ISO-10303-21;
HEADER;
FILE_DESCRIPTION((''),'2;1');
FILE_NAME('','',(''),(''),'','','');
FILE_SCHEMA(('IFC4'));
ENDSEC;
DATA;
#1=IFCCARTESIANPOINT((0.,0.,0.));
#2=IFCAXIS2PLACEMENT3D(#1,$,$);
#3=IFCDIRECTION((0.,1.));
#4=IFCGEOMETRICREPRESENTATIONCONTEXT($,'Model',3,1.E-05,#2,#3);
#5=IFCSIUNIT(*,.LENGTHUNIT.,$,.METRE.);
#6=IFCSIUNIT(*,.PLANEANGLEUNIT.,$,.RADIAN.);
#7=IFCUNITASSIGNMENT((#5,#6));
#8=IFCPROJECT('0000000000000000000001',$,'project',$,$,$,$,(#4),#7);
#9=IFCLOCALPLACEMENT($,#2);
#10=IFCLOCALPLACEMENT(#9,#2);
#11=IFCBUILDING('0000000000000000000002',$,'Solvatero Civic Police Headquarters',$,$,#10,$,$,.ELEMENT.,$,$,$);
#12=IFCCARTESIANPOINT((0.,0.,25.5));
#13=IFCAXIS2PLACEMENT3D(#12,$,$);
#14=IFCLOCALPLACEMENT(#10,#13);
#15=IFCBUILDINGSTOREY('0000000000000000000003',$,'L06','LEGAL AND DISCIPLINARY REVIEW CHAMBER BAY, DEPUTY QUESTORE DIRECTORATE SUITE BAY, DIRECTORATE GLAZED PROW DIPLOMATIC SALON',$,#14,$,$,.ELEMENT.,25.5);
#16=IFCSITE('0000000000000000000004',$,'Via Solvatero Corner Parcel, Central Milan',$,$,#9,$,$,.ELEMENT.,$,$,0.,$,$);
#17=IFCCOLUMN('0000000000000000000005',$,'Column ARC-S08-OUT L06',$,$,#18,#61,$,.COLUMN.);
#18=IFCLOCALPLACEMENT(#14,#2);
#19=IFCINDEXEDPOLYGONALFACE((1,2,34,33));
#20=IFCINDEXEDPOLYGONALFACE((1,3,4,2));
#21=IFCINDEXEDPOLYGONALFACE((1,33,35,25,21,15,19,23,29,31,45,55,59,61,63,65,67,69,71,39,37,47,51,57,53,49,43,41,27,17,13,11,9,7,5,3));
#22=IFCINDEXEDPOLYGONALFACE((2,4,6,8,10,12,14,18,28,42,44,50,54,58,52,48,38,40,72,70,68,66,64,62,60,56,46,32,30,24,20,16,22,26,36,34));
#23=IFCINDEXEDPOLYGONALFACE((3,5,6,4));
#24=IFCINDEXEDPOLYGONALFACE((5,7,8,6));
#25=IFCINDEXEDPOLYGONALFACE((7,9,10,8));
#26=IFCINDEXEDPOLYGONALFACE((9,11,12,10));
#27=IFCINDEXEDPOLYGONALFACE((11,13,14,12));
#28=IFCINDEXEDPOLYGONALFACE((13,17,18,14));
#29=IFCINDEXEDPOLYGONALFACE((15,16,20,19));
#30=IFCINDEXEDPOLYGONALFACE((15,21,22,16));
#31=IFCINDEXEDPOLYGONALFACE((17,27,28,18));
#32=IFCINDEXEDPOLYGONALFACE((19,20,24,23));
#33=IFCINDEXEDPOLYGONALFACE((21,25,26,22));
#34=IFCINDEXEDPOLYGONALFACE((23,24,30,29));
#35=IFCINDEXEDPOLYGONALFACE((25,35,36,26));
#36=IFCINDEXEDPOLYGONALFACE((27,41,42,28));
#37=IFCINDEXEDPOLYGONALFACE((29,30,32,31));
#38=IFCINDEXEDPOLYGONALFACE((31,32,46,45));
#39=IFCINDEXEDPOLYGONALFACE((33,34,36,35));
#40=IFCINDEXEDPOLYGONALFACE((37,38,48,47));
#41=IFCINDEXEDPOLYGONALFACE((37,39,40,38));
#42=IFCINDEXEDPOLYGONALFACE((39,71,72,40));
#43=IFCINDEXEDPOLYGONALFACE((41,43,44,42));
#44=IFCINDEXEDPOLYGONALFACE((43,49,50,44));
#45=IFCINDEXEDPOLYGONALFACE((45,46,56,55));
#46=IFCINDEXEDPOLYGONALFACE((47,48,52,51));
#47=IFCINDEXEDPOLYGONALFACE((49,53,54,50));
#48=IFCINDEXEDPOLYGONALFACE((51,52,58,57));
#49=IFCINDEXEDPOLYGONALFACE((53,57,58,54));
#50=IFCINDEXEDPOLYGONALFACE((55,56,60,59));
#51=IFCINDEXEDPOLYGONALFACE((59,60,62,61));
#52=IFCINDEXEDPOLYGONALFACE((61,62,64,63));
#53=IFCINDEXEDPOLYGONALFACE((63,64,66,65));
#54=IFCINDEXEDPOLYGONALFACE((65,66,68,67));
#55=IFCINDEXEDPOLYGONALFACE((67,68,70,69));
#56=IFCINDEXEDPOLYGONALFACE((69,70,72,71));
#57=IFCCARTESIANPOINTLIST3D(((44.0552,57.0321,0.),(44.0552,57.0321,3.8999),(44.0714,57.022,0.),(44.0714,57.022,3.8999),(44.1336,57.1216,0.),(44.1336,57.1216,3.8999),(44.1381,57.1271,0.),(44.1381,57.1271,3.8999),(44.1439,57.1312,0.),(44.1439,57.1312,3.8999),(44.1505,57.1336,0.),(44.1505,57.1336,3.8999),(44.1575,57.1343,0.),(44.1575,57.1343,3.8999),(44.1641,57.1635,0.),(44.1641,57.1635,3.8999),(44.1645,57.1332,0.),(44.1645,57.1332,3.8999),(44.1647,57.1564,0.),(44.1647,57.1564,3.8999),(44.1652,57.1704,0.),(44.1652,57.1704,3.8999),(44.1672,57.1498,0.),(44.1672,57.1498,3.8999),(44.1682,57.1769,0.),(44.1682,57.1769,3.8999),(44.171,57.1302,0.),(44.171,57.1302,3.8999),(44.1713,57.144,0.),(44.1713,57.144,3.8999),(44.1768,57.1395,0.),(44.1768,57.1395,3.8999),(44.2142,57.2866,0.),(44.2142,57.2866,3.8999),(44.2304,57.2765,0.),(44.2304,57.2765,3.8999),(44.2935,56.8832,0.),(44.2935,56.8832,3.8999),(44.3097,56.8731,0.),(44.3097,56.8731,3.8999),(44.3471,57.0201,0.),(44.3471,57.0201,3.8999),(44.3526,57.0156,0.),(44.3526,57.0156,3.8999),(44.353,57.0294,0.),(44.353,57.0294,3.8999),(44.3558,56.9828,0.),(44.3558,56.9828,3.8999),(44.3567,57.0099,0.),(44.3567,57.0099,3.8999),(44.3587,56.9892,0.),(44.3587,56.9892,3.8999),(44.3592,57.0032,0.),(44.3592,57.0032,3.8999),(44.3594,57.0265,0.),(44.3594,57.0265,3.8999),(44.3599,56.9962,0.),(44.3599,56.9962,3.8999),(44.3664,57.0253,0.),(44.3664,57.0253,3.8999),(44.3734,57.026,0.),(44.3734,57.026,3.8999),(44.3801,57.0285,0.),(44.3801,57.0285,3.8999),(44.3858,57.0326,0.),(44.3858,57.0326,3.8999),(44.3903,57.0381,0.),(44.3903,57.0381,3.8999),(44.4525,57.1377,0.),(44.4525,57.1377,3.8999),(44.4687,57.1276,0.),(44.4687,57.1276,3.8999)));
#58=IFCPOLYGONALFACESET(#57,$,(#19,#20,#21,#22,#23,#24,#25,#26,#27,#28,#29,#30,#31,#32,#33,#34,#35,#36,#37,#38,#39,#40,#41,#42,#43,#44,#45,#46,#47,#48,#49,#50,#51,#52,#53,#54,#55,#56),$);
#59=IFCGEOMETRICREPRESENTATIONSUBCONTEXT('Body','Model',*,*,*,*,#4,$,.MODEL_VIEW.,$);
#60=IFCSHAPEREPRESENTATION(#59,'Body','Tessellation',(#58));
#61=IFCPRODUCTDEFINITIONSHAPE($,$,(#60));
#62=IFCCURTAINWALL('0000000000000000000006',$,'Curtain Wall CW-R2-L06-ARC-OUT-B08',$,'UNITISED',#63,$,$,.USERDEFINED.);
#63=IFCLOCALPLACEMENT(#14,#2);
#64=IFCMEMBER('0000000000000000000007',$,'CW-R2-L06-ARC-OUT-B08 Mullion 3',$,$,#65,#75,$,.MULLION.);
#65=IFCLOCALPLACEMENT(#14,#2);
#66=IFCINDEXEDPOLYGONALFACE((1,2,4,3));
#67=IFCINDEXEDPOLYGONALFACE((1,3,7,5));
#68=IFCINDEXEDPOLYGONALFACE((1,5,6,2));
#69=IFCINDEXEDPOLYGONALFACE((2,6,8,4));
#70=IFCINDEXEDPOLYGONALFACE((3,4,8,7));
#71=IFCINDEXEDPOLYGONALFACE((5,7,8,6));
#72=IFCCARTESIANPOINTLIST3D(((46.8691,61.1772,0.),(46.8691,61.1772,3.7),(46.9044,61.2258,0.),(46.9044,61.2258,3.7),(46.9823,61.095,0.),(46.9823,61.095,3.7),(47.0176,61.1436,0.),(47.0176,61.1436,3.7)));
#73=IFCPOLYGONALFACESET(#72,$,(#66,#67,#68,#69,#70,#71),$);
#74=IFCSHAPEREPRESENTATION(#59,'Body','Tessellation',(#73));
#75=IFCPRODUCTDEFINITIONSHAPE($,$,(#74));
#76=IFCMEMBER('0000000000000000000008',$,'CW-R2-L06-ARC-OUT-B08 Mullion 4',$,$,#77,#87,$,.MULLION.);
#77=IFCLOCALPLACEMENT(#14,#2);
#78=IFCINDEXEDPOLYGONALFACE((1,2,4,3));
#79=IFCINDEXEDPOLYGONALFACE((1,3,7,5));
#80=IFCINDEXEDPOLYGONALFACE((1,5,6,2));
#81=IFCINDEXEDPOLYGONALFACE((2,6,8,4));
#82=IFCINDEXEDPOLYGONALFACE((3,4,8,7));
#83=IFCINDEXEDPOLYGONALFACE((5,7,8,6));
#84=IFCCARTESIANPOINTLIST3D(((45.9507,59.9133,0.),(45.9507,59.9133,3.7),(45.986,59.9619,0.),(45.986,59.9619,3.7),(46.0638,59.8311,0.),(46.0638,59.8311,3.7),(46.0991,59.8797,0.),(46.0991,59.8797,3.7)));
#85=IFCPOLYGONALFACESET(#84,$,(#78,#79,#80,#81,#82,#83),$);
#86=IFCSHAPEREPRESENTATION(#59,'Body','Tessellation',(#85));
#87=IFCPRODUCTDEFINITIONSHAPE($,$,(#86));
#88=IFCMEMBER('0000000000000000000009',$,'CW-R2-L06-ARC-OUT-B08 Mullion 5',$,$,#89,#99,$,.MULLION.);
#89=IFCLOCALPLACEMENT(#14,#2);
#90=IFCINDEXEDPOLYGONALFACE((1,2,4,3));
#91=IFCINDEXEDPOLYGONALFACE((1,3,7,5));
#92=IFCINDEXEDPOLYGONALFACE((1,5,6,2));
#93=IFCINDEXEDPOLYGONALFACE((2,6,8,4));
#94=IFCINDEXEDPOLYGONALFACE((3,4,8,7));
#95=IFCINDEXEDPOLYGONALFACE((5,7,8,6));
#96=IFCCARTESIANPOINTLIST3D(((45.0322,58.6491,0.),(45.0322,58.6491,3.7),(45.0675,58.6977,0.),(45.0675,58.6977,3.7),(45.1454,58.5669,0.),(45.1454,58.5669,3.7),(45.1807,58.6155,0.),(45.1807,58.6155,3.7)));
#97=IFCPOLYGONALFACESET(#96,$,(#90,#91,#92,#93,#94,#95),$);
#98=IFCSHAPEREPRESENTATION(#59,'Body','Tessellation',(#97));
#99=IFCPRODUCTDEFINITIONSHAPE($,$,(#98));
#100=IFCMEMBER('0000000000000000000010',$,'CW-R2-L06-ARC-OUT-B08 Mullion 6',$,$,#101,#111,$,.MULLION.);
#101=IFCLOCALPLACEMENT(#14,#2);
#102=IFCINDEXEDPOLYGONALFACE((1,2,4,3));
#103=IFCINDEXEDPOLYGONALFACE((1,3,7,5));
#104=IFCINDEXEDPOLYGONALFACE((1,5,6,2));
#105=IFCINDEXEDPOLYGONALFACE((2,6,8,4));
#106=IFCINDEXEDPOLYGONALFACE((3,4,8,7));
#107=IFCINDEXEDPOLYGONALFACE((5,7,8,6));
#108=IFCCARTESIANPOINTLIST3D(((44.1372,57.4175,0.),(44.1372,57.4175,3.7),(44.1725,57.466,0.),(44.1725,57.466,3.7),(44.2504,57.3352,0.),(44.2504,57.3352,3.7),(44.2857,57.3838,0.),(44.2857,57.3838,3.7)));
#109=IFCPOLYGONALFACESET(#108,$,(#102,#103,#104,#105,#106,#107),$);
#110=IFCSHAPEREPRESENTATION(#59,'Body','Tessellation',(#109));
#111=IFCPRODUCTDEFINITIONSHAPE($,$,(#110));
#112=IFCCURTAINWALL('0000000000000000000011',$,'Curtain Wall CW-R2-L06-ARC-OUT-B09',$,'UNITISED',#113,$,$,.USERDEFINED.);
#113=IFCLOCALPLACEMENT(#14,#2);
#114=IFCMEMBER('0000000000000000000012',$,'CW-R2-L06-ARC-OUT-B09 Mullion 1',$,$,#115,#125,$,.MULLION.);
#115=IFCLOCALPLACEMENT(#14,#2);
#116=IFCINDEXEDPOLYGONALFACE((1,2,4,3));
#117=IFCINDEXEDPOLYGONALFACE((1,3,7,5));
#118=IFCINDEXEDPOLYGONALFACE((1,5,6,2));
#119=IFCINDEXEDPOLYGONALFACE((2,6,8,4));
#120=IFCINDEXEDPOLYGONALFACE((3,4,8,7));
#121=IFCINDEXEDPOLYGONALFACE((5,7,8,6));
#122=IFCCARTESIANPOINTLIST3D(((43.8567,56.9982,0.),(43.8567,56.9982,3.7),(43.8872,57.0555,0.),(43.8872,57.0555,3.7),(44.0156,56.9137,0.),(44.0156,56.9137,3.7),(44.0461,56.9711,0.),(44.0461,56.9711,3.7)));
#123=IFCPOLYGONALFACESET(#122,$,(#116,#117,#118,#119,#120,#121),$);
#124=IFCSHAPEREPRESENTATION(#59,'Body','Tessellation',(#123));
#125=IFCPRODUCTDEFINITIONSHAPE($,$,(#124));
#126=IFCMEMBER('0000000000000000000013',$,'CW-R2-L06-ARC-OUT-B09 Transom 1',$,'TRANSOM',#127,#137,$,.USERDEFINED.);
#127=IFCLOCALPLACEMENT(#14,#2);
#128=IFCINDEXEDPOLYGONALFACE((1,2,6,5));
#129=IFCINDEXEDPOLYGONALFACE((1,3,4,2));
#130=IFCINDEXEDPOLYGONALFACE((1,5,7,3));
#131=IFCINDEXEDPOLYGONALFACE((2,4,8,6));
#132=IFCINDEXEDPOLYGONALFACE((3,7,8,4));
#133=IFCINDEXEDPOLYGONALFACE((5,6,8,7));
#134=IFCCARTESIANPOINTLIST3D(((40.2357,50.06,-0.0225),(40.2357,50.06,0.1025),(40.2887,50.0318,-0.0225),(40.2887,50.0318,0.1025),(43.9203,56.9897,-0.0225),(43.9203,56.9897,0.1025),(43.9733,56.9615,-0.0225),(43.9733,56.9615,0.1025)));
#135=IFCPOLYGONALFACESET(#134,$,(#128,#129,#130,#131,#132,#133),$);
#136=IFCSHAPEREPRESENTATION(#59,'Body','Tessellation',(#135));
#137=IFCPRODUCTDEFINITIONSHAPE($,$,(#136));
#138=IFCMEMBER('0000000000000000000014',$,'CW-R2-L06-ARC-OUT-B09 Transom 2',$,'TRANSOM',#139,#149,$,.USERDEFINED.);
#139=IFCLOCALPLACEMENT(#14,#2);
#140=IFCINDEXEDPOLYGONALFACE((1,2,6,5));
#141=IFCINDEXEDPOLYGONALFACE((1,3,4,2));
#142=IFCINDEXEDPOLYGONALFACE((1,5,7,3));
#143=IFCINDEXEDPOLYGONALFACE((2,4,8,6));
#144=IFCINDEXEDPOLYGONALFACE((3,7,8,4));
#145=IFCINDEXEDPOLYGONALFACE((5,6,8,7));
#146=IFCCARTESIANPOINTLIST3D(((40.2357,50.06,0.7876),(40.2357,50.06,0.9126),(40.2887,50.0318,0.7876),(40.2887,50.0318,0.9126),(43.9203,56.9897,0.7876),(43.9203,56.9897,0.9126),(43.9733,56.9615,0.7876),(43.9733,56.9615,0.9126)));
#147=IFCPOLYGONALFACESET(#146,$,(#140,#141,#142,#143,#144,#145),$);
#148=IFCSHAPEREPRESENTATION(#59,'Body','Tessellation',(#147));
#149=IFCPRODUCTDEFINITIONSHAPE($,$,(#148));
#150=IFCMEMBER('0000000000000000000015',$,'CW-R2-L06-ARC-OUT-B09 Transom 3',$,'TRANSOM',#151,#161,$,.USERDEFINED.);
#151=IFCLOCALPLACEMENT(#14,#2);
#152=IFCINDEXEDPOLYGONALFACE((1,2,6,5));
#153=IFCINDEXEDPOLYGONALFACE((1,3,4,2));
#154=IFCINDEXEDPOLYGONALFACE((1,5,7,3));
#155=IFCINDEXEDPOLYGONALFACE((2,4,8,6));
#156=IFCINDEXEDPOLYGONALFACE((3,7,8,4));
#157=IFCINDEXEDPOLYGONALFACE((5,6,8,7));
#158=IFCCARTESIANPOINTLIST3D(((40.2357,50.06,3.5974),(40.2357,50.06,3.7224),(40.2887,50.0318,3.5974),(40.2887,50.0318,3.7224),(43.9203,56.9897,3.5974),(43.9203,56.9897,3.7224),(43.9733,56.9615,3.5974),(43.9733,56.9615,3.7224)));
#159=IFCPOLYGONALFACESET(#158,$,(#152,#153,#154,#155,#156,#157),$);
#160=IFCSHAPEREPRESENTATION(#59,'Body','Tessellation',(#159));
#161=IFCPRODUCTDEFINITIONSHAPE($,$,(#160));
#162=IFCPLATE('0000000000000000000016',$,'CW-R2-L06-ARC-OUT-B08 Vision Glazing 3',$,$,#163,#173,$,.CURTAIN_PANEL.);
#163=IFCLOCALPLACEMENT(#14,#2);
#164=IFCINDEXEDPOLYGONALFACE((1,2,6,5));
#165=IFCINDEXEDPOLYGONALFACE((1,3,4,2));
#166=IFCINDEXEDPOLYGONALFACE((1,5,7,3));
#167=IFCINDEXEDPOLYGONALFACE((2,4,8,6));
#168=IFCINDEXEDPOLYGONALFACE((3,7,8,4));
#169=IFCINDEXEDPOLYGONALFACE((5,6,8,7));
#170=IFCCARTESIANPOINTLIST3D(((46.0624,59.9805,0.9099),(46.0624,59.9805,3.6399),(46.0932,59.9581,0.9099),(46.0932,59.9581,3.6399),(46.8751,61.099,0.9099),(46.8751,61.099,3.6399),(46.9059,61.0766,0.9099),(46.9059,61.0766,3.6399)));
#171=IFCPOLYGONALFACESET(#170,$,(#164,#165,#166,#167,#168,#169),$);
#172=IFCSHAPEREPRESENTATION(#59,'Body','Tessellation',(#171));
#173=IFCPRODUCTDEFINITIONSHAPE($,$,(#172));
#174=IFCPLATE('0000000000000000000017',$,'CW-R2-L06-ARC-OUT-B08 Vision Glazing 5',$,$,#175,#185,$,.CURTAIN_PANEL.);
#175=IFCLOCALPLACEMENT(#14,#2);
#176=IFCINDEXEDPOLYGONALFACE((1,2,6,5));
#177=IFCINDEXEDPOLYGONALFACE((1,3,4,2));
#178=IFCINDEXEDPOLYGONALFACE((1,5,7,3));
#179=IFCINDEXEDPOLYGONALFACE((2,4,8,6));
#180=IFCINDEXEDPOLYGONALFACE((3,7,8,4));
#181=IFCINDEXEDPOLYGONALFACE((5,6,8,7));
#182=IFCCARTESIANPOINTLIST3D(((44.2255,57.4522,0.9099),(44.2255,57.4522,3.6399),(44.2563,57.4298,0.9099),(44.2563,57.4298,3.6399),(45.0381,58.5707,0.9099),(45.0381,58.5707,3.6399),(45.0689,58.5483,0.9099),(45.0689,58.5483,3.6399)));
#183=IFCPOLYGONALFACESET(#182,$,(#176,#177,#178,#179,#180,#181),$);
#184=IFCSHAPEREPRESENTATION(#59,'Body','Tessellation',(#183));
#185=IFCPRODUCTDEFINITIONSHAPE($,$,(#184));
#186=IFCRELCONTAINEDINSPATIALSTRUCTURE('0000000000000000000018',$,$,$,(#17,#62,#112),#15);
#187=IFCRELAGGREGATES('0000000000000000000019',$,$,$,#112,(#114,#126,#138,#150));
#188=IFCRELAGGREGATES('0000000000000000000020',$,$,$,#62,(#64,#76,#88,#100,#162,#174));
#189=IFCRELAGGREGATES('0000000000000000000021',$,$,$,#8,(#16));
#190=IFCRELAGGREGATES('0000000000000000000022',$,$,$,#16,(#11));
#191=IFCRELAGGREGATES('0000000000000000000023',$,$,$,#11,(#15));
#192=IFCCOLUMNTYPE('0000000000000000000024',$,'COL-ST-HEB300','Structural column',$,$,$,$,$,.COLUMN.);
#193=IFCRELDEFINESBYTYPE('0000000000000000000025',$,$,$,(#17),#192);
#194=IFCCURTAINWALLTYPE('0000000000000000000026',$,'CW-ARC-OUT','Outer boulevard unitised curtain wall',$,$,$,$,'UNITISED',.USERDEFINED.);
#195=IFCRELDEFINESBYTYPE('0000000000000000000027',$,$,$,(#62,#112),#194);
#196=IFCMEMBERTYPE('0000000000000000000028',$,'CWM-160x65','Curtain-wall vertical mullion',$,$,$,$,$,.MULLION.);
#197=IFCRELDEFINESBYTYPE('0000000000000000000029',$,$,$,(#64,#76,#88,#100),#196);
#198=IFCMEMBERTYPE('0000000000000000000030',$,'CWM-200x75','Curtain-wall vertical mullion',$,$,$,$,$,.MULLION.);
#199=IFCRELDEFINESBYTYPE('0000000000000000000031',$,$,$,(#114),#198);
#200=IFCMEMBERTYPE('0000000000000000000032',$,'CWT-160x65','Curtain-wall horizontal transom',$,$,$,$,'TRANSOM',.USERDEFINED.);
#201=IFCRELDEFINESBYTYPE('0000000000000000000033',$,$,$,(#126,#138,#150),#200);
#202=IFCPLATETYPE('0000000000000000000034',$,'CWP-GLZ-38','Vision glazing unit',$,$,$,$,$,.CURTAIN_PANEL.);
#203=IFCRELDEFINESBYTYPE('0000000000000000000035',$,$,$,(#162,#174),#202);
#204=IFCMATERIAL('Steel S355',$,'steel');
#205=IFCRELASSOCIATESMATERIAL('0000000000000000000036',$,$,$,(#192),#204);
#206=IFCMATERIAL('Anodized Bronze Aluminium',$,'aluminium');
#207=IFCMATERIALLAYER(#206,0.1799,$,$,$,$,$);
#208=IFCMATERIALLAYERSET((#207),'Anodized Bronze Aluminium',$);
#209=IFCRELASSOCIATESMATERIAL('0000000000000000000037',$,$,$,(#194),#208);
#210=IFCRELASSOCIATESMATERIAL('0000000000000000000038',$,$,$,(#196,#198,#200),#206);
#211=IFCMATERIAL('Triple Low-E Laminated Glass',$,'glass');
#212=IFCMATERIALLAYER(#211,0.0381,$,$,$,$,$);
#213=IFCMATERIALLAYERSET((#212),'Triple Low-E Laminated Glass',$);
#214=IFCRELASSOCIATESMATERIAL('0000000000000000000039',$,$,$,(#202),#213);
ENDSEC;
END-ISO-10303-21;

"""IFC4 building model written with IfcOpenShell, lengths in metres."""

from ifc_helpers import new_model, si_unit, direction, frame, origin, origin_2d, place, context, subcontext, project, spatial, rectangle, i_section, extrude, material, layer, layer_set, material_profile, profile_set, type_object, element, aggregate, save


model = new_model("IFC4")

# Units and contexts
model_context = context("Model", 3, precision=1e-05, world=origin(), true_north=direction((0.0, 1.0)))
body_context = subcontext(model_context, "Body", "Model", "MODEL_VIEW")
ifc_project = project(units=[si_unit("LENGTHUNIT", "METRE"), si_unit("PLANEANGLEUNIT", "RADIAN")], contexts=[model_context])

# Site, building, storey
site_placement = place(None, origin())
site = spatial("IfcSite", under=ifc_project, at=site_placement, Name="Via Solvatero Corner Parcel, Central Milan", CompositionType="ELEMENT", RefElevation=0.0)
building_placement = place(site_placement, origin())
building = spatial("IfcBuilding", under=site, at=building_placement, Name="Solvatero Civic Police Headquarters", CompositionType="ELEMENT")
storey_placement = place(building_placement, frame((0.0, 0.0, 25.5)))
storey = spatial("IfcBuildingStorey", under=building, at=storey_placement, Name="L06", Description="LEGAL AND DISCIPLINARY REVIEW CHAMBER BAY, DEPUTY QUESTORE DIRECTORATE SUITE BAY, DIRECTORATE GLAZED PROW DIPLOMATIC SALON", CompositionType="ELEMENT", Elevation=25.5)

# Column
ifc_material_1 = material(Name="Steel S355", Category="steel")
ifc_material_profile_1 = material_profile(ifc_material_1, i_section(OverallWidth=0.3, OverallDepth=0.3, WebThickness=0.011, FlangeThickness=0.019, FilletRadius=0.0271, at=origin_2d()), Name="HEB 300")
ifc_profile_set_1 = profile_set([ifc_material_profile_1], Name="Steel S355")
column_type = type_object("IfcColumnType", Name="COL-ST-HEB300", Description="Structural column", PredefinedType="COLUMN", material=ifc_profile_set_1)
column_placement = place(storey_placement, frame((44.262, 57.0798, 0.0), z_axis=(0.0, 0.0, 1.0), x_axis=(0.529919, 0.848048, 0.0)))
element("IfcColumn", 1, at=column_placement, inside=storey, type_object=column_type, Name="Column ARC-S08-OUT L06", PredefinedType="COLUMN", context=body_context, shape_type="SweptSolid", body=[
    extrude(i_section(OverallWidth=0.3, OverallDepth=0.3, WebThickness=0.011, FlangeThickness=0.019, FilletRadius=0.0271, at=origin_2d()), origin(), (0.0, 0.0, 1.0), 3.8999),
])

# Curtain walls, members
ifc_material_2 = material(Name="Anodized Bronze Aluminium", Category="aluminium")
ifc_layer_1 = layer(ifc_material_2, 0.1799)
ifc_layer_set_1 = layer_set([ifc_layer_1], Name="Anodized Bronze Aluminium")
curtain_wall_type = type_object("IfcCurtainWallType", Name="CW-ARC-OUT", Description="Outer boulevard unitised curtain wall", ElementType="UNITISED", PredefinedType="USERDEFINED", material=ifc_layer_set_1)
curtain_wall_1_placement = place(storey_placement, origin())
curtain_wall_1 = element("IfcCurtainWall", 2, at=curtain_wall_1_placement, inside=storey, type_object=curtain_wall_type, Name="Curtain Wall CW-R2-L06-ARC-OUT-B08", ObjectType="UNITISED", PredefinedType="USERDEFINED")
ifc_material_profile_2 = material_profile(ifc_material_2, rectangle(XDim=0.0601, YDim=0.1399, at=origin_2d()), Name="ALU MULLION 60x140")
ifc_profile_set_2 = profile_set([ifc_material_profile_2], Name="Anodized Bronze Aluminium")
member_type_1 = type_object("IfcMemberType", Name="CWM-160x65", Description="Curtain-wall vertical mullion", PredefinedType="MULLION", material=ifc_profile_set_2)
member_1_placement = place(storey_placement, frame((46.9434, 61.1604, 0.0), z_axis=(0.0, 0.0, 1.0), x_axis=(-0.587785, -0.809017, 0.0)))
member_1 = element("IfcMember", 3, at=member_1_placement, type_object=member_type_1, Name="CW-R2-L06-ARC-OUT-B08 Mullion 3", PredefinedType="MULLION", context=body_context, shape_type="SweptSolid", body=[
    extrude(rectangle(XDim=0.0601, YDim=0.1399, at=origin_2d()), origin(), (0.0, 0.0, 1.0), 3.7),
])
member_2_placement = place(storey_placement, frame((46.0249, 59.8965, 0.0), z_axis=(0.0, 0.0, 1.0), x_axis=(-0.587785, -0.809017, 0.0)))
member_2 = element("IfcMember", 4, at=member_2_placement, type_object=member_type_1, Name="CW-R2-L06-ARC-OUT-B08 Mullion 4", PredefinedType="MULLION", context=body_context, shape_type="SweptSolid", body=[
    extrude(rectangle(XDim=0.0601, YDim=0.1399, at=origin_2d()), origin(), (0.0, 0.0, 1.0), 3.7),
])
member_3_placement = place(storey_placement, frame((45.1064, 58.6323, 0.0), z_axis=(0.0, 0.0, 1.0), x_axis=(-0.587785, -0.809017, 0.0)))
member_3 = element("IfcMember", 5, at=member_3_placement, type_object=member_type_1, Name="CW-R2-L06-ARC-OUT-B08 Mullion 5", PredefinedType="MULLION", context=body_context, shape_type="SweptSolid", body=[
    extrude(rectangle(XDim=0.0601, YDim=0.1399, at=origin_2d()), origin(), (0.0, 0.0, 1.0), 3.7),
])
member_4_placement = place(storey_placement, frame((44.2114, 57.4006, 0.0), z_axis=(0.0, 0.0, 1.0), x_axis=(-0.587785, -0.809017, 0.0)))
member_4 = element("IfcMember", 6, at=member_4_placement, type_object=member_type_1, Name="CW-R2-L06-ARC-OUT-B08 Mullion 6", PredefinedType="MULLION", context=body_context, shape_type="SweptSolid", body=[
    extrude(rectangle(XDim=0.0601, YDim=0.1399, at=origin_2d()), origin(), (0.0, 0.0, 1.0), 3.7),
])
curtain_wall_2_placement = place(storey_placement, origin())
curtain_wall_2 = element("IfcCurtainWall", 7, at=curtain_wall_2_placement, inside=storey, type_object=curtain_wall_type, Name="Curtain Wall CW-R2-L06-ARC-OUT-B09", ObjectType="UNITISED", PredefinedType="USERDEFINED")
ifc_material_profile_3 = material_profile(ifc_material_2, rectangle(XDim=0.0649, YDim=0.1799, at=origin_2d()), Name="ALU MULLION 65x180")
ifc_profile_set_3 = profile_set([ifc_material_profile_3], Name="Anodized Bronze Aluminium")
member_type_2 = type_object("IfcMemberType", Name="CWM-200x75", Description="Curtain-wall vertical mullion", PredefinedType="MULLION", material=ifc_profile_set_3)
member_5_placement = place(storey_placement, frame((43.9514, 56.9846, 0.0), z_axis=(0.0, 0.0, 1.0), x_axis=(-0.469472, -0.882948, 0.0)))
member_5 = element("IfcMember", 8, at=member_5_placement, type_object=member_type_2, Name="CW-R2-L06-ARC-OUT-B09 Mullion 1", PredefinedType="MULLION", context=body_context, shape_type="SweptSolid", body=[
    extrude(rectangle(XDim=0.0649, YDim=0.1799, at=origin_2d()), origin(), (0.0, 0.0, 1.0), 3.7),
])
ifc_material_profile_4 = material_profile(ifc_material_2, rectangle(XDim=0.0601, YDim=0.125, at=origin_2d()), Name="ALU TRANSOM 60x125")
ifc_profile_set_4 = profile_set([ifc_material_profile_4], Name="Anodized Bronze Aluminium")
member_type_3 = type_object("IfcMemberType", Name="CWT-160x65", Description="Curtain-wall horizontal transom", ElementType="TRANSOM", PredefinedType="USERDEFINED", material=ifc_profile_set_4)
member_6_placement = place(storey_placement, frame((43.9468, 56.9756, 0.04), z_axis=(-0.469471, -0.882948, 0.0), x_axis=(0.882948, -0.469471, 0.0)))
member_6 = element("IfcMember", 9, at=member_6_placement, type_object=member_type_3, Name="CW-R2-L06-ARC-OUT-B09 Transom 1", ObjectType="TRANSOM", PredefinedType="USERDEFINED", context=body_context, shape_type="SweptSolid", body=[
    extrude(rectangle(XDim=0.0601, YDim=0.125, at=origin_2d()), origin(), (0.0, 0.0, 1.0), 7.8484),
])
member_7_placement = place(storey_placement, frame((43.9468, 56.9756, 0.8501), z_axis=(-0.469471, -0.882948, 0.0), x_axis=(0.882948, -0.469471, 0.0)))
member_7 = element("IfcMember", 10, at=member_7_placement, type_object=member_type_3, Name="CW-R2-L06-ARC-OUT-B09 Transom 2", ObjectType="TRANSOM", PredefinedType="USERDEFINED", context=body_context, shape_type="SweptSolid", body=[
    extrude(rectangle(XDim=0.0601, YDim=0.125, at=origin_2d()), origin(), (0.0, 0.0, 1.0), 7.8484),
])
member_8_placement = place(storey_placement, frame((43.9468, 56.9756, 3.6599), z_axis=(-0.469471, -0.882948, 0.0), x_axis=(0.882948, -0.469471, 0.0)))
member_8 = element("IfcMember", 11, at=member_8_placement, type_object=member_type_3, Name="CW-R2-L06-ARC-OUT-B09 Transom 3", ObjectType="TRANSOM", PredefinedType="USERDEFINED", context=body_context, shape_type="SweptSolid", body=[
    extrude(rectangle(XDim=0.0601, YDim=0.125, at=origin_2d()), origin(), (0.0, 0.0, 1.0), 7.8484),
])
aggregate(curtain_wall_2, [member_5, member_6, member_7, member_8])

# Plates
ifc_material_3 = material(Name="Triple Low-E Laminated Glass", Category="glass")
ifc_layer_2 = layer(ifc_material_3, 0.0381)
ifc_layer_set_2 = layer_set([ifc_layer_2], Name="Triple Low-E Laminated Glass")
plate_type_1 = type_object("IfcPlateType", Name="CWP-GLZ-38", Description="Vision glazing unit", PredefinedType="CURTAIN_PANEL", material=ifc_layer_set_2)
plate_1_placement = place(storey_placement, frame((46.4841, 60.5286, 0.9099), z_axis=(0.0, 0.0, 1.0), x_axis=(-0.587785, -0.809017, 0.0)))
plate_1 = element("IfcPlate", 12, at=plate_1_placement, type_object=plate_type_1, Name="CW-R2-L06-ARC-OUT-B08 Vision Glazing 3", PredefinedType="CURTAIN_PANEL", context=body_context, shape_type="SweptSolid", body=[
    extrude(rectangle(XDim=1.3826, YDim=0.0381, at=origin_2d()), origin(), (0.0, 0.0, 1.0), 2.73),
])
plate_2_placement = place(storey_placement, frame((44.6472, 58.0002, 0.9099), z_axis=(0.0, 0.0, 1.0), x_axis=(-0.587785, -0.809017, 0.0)))
plate_2 = element("IfcPlate", 13, at=plate_2_placement, type_object=plate_type_1, Name="CW-R2-L06-ARC-OUT-B08 Vision Glazing 5", PredefinedType="CURTAIN_PANEL", context=body_context, shape_type="SweptSolid", body=[
    extrude(rectangle(XDim=1.3826, YDim=0.0381, at=origin_2d()), origin(), (0.0, 0.0, 1.0), 2.73),
])
aggregate(curtain_wall_1, [member_1, member_2, member_3, member_4, plate_1, plate_2])

save(model, "model.ifc")
